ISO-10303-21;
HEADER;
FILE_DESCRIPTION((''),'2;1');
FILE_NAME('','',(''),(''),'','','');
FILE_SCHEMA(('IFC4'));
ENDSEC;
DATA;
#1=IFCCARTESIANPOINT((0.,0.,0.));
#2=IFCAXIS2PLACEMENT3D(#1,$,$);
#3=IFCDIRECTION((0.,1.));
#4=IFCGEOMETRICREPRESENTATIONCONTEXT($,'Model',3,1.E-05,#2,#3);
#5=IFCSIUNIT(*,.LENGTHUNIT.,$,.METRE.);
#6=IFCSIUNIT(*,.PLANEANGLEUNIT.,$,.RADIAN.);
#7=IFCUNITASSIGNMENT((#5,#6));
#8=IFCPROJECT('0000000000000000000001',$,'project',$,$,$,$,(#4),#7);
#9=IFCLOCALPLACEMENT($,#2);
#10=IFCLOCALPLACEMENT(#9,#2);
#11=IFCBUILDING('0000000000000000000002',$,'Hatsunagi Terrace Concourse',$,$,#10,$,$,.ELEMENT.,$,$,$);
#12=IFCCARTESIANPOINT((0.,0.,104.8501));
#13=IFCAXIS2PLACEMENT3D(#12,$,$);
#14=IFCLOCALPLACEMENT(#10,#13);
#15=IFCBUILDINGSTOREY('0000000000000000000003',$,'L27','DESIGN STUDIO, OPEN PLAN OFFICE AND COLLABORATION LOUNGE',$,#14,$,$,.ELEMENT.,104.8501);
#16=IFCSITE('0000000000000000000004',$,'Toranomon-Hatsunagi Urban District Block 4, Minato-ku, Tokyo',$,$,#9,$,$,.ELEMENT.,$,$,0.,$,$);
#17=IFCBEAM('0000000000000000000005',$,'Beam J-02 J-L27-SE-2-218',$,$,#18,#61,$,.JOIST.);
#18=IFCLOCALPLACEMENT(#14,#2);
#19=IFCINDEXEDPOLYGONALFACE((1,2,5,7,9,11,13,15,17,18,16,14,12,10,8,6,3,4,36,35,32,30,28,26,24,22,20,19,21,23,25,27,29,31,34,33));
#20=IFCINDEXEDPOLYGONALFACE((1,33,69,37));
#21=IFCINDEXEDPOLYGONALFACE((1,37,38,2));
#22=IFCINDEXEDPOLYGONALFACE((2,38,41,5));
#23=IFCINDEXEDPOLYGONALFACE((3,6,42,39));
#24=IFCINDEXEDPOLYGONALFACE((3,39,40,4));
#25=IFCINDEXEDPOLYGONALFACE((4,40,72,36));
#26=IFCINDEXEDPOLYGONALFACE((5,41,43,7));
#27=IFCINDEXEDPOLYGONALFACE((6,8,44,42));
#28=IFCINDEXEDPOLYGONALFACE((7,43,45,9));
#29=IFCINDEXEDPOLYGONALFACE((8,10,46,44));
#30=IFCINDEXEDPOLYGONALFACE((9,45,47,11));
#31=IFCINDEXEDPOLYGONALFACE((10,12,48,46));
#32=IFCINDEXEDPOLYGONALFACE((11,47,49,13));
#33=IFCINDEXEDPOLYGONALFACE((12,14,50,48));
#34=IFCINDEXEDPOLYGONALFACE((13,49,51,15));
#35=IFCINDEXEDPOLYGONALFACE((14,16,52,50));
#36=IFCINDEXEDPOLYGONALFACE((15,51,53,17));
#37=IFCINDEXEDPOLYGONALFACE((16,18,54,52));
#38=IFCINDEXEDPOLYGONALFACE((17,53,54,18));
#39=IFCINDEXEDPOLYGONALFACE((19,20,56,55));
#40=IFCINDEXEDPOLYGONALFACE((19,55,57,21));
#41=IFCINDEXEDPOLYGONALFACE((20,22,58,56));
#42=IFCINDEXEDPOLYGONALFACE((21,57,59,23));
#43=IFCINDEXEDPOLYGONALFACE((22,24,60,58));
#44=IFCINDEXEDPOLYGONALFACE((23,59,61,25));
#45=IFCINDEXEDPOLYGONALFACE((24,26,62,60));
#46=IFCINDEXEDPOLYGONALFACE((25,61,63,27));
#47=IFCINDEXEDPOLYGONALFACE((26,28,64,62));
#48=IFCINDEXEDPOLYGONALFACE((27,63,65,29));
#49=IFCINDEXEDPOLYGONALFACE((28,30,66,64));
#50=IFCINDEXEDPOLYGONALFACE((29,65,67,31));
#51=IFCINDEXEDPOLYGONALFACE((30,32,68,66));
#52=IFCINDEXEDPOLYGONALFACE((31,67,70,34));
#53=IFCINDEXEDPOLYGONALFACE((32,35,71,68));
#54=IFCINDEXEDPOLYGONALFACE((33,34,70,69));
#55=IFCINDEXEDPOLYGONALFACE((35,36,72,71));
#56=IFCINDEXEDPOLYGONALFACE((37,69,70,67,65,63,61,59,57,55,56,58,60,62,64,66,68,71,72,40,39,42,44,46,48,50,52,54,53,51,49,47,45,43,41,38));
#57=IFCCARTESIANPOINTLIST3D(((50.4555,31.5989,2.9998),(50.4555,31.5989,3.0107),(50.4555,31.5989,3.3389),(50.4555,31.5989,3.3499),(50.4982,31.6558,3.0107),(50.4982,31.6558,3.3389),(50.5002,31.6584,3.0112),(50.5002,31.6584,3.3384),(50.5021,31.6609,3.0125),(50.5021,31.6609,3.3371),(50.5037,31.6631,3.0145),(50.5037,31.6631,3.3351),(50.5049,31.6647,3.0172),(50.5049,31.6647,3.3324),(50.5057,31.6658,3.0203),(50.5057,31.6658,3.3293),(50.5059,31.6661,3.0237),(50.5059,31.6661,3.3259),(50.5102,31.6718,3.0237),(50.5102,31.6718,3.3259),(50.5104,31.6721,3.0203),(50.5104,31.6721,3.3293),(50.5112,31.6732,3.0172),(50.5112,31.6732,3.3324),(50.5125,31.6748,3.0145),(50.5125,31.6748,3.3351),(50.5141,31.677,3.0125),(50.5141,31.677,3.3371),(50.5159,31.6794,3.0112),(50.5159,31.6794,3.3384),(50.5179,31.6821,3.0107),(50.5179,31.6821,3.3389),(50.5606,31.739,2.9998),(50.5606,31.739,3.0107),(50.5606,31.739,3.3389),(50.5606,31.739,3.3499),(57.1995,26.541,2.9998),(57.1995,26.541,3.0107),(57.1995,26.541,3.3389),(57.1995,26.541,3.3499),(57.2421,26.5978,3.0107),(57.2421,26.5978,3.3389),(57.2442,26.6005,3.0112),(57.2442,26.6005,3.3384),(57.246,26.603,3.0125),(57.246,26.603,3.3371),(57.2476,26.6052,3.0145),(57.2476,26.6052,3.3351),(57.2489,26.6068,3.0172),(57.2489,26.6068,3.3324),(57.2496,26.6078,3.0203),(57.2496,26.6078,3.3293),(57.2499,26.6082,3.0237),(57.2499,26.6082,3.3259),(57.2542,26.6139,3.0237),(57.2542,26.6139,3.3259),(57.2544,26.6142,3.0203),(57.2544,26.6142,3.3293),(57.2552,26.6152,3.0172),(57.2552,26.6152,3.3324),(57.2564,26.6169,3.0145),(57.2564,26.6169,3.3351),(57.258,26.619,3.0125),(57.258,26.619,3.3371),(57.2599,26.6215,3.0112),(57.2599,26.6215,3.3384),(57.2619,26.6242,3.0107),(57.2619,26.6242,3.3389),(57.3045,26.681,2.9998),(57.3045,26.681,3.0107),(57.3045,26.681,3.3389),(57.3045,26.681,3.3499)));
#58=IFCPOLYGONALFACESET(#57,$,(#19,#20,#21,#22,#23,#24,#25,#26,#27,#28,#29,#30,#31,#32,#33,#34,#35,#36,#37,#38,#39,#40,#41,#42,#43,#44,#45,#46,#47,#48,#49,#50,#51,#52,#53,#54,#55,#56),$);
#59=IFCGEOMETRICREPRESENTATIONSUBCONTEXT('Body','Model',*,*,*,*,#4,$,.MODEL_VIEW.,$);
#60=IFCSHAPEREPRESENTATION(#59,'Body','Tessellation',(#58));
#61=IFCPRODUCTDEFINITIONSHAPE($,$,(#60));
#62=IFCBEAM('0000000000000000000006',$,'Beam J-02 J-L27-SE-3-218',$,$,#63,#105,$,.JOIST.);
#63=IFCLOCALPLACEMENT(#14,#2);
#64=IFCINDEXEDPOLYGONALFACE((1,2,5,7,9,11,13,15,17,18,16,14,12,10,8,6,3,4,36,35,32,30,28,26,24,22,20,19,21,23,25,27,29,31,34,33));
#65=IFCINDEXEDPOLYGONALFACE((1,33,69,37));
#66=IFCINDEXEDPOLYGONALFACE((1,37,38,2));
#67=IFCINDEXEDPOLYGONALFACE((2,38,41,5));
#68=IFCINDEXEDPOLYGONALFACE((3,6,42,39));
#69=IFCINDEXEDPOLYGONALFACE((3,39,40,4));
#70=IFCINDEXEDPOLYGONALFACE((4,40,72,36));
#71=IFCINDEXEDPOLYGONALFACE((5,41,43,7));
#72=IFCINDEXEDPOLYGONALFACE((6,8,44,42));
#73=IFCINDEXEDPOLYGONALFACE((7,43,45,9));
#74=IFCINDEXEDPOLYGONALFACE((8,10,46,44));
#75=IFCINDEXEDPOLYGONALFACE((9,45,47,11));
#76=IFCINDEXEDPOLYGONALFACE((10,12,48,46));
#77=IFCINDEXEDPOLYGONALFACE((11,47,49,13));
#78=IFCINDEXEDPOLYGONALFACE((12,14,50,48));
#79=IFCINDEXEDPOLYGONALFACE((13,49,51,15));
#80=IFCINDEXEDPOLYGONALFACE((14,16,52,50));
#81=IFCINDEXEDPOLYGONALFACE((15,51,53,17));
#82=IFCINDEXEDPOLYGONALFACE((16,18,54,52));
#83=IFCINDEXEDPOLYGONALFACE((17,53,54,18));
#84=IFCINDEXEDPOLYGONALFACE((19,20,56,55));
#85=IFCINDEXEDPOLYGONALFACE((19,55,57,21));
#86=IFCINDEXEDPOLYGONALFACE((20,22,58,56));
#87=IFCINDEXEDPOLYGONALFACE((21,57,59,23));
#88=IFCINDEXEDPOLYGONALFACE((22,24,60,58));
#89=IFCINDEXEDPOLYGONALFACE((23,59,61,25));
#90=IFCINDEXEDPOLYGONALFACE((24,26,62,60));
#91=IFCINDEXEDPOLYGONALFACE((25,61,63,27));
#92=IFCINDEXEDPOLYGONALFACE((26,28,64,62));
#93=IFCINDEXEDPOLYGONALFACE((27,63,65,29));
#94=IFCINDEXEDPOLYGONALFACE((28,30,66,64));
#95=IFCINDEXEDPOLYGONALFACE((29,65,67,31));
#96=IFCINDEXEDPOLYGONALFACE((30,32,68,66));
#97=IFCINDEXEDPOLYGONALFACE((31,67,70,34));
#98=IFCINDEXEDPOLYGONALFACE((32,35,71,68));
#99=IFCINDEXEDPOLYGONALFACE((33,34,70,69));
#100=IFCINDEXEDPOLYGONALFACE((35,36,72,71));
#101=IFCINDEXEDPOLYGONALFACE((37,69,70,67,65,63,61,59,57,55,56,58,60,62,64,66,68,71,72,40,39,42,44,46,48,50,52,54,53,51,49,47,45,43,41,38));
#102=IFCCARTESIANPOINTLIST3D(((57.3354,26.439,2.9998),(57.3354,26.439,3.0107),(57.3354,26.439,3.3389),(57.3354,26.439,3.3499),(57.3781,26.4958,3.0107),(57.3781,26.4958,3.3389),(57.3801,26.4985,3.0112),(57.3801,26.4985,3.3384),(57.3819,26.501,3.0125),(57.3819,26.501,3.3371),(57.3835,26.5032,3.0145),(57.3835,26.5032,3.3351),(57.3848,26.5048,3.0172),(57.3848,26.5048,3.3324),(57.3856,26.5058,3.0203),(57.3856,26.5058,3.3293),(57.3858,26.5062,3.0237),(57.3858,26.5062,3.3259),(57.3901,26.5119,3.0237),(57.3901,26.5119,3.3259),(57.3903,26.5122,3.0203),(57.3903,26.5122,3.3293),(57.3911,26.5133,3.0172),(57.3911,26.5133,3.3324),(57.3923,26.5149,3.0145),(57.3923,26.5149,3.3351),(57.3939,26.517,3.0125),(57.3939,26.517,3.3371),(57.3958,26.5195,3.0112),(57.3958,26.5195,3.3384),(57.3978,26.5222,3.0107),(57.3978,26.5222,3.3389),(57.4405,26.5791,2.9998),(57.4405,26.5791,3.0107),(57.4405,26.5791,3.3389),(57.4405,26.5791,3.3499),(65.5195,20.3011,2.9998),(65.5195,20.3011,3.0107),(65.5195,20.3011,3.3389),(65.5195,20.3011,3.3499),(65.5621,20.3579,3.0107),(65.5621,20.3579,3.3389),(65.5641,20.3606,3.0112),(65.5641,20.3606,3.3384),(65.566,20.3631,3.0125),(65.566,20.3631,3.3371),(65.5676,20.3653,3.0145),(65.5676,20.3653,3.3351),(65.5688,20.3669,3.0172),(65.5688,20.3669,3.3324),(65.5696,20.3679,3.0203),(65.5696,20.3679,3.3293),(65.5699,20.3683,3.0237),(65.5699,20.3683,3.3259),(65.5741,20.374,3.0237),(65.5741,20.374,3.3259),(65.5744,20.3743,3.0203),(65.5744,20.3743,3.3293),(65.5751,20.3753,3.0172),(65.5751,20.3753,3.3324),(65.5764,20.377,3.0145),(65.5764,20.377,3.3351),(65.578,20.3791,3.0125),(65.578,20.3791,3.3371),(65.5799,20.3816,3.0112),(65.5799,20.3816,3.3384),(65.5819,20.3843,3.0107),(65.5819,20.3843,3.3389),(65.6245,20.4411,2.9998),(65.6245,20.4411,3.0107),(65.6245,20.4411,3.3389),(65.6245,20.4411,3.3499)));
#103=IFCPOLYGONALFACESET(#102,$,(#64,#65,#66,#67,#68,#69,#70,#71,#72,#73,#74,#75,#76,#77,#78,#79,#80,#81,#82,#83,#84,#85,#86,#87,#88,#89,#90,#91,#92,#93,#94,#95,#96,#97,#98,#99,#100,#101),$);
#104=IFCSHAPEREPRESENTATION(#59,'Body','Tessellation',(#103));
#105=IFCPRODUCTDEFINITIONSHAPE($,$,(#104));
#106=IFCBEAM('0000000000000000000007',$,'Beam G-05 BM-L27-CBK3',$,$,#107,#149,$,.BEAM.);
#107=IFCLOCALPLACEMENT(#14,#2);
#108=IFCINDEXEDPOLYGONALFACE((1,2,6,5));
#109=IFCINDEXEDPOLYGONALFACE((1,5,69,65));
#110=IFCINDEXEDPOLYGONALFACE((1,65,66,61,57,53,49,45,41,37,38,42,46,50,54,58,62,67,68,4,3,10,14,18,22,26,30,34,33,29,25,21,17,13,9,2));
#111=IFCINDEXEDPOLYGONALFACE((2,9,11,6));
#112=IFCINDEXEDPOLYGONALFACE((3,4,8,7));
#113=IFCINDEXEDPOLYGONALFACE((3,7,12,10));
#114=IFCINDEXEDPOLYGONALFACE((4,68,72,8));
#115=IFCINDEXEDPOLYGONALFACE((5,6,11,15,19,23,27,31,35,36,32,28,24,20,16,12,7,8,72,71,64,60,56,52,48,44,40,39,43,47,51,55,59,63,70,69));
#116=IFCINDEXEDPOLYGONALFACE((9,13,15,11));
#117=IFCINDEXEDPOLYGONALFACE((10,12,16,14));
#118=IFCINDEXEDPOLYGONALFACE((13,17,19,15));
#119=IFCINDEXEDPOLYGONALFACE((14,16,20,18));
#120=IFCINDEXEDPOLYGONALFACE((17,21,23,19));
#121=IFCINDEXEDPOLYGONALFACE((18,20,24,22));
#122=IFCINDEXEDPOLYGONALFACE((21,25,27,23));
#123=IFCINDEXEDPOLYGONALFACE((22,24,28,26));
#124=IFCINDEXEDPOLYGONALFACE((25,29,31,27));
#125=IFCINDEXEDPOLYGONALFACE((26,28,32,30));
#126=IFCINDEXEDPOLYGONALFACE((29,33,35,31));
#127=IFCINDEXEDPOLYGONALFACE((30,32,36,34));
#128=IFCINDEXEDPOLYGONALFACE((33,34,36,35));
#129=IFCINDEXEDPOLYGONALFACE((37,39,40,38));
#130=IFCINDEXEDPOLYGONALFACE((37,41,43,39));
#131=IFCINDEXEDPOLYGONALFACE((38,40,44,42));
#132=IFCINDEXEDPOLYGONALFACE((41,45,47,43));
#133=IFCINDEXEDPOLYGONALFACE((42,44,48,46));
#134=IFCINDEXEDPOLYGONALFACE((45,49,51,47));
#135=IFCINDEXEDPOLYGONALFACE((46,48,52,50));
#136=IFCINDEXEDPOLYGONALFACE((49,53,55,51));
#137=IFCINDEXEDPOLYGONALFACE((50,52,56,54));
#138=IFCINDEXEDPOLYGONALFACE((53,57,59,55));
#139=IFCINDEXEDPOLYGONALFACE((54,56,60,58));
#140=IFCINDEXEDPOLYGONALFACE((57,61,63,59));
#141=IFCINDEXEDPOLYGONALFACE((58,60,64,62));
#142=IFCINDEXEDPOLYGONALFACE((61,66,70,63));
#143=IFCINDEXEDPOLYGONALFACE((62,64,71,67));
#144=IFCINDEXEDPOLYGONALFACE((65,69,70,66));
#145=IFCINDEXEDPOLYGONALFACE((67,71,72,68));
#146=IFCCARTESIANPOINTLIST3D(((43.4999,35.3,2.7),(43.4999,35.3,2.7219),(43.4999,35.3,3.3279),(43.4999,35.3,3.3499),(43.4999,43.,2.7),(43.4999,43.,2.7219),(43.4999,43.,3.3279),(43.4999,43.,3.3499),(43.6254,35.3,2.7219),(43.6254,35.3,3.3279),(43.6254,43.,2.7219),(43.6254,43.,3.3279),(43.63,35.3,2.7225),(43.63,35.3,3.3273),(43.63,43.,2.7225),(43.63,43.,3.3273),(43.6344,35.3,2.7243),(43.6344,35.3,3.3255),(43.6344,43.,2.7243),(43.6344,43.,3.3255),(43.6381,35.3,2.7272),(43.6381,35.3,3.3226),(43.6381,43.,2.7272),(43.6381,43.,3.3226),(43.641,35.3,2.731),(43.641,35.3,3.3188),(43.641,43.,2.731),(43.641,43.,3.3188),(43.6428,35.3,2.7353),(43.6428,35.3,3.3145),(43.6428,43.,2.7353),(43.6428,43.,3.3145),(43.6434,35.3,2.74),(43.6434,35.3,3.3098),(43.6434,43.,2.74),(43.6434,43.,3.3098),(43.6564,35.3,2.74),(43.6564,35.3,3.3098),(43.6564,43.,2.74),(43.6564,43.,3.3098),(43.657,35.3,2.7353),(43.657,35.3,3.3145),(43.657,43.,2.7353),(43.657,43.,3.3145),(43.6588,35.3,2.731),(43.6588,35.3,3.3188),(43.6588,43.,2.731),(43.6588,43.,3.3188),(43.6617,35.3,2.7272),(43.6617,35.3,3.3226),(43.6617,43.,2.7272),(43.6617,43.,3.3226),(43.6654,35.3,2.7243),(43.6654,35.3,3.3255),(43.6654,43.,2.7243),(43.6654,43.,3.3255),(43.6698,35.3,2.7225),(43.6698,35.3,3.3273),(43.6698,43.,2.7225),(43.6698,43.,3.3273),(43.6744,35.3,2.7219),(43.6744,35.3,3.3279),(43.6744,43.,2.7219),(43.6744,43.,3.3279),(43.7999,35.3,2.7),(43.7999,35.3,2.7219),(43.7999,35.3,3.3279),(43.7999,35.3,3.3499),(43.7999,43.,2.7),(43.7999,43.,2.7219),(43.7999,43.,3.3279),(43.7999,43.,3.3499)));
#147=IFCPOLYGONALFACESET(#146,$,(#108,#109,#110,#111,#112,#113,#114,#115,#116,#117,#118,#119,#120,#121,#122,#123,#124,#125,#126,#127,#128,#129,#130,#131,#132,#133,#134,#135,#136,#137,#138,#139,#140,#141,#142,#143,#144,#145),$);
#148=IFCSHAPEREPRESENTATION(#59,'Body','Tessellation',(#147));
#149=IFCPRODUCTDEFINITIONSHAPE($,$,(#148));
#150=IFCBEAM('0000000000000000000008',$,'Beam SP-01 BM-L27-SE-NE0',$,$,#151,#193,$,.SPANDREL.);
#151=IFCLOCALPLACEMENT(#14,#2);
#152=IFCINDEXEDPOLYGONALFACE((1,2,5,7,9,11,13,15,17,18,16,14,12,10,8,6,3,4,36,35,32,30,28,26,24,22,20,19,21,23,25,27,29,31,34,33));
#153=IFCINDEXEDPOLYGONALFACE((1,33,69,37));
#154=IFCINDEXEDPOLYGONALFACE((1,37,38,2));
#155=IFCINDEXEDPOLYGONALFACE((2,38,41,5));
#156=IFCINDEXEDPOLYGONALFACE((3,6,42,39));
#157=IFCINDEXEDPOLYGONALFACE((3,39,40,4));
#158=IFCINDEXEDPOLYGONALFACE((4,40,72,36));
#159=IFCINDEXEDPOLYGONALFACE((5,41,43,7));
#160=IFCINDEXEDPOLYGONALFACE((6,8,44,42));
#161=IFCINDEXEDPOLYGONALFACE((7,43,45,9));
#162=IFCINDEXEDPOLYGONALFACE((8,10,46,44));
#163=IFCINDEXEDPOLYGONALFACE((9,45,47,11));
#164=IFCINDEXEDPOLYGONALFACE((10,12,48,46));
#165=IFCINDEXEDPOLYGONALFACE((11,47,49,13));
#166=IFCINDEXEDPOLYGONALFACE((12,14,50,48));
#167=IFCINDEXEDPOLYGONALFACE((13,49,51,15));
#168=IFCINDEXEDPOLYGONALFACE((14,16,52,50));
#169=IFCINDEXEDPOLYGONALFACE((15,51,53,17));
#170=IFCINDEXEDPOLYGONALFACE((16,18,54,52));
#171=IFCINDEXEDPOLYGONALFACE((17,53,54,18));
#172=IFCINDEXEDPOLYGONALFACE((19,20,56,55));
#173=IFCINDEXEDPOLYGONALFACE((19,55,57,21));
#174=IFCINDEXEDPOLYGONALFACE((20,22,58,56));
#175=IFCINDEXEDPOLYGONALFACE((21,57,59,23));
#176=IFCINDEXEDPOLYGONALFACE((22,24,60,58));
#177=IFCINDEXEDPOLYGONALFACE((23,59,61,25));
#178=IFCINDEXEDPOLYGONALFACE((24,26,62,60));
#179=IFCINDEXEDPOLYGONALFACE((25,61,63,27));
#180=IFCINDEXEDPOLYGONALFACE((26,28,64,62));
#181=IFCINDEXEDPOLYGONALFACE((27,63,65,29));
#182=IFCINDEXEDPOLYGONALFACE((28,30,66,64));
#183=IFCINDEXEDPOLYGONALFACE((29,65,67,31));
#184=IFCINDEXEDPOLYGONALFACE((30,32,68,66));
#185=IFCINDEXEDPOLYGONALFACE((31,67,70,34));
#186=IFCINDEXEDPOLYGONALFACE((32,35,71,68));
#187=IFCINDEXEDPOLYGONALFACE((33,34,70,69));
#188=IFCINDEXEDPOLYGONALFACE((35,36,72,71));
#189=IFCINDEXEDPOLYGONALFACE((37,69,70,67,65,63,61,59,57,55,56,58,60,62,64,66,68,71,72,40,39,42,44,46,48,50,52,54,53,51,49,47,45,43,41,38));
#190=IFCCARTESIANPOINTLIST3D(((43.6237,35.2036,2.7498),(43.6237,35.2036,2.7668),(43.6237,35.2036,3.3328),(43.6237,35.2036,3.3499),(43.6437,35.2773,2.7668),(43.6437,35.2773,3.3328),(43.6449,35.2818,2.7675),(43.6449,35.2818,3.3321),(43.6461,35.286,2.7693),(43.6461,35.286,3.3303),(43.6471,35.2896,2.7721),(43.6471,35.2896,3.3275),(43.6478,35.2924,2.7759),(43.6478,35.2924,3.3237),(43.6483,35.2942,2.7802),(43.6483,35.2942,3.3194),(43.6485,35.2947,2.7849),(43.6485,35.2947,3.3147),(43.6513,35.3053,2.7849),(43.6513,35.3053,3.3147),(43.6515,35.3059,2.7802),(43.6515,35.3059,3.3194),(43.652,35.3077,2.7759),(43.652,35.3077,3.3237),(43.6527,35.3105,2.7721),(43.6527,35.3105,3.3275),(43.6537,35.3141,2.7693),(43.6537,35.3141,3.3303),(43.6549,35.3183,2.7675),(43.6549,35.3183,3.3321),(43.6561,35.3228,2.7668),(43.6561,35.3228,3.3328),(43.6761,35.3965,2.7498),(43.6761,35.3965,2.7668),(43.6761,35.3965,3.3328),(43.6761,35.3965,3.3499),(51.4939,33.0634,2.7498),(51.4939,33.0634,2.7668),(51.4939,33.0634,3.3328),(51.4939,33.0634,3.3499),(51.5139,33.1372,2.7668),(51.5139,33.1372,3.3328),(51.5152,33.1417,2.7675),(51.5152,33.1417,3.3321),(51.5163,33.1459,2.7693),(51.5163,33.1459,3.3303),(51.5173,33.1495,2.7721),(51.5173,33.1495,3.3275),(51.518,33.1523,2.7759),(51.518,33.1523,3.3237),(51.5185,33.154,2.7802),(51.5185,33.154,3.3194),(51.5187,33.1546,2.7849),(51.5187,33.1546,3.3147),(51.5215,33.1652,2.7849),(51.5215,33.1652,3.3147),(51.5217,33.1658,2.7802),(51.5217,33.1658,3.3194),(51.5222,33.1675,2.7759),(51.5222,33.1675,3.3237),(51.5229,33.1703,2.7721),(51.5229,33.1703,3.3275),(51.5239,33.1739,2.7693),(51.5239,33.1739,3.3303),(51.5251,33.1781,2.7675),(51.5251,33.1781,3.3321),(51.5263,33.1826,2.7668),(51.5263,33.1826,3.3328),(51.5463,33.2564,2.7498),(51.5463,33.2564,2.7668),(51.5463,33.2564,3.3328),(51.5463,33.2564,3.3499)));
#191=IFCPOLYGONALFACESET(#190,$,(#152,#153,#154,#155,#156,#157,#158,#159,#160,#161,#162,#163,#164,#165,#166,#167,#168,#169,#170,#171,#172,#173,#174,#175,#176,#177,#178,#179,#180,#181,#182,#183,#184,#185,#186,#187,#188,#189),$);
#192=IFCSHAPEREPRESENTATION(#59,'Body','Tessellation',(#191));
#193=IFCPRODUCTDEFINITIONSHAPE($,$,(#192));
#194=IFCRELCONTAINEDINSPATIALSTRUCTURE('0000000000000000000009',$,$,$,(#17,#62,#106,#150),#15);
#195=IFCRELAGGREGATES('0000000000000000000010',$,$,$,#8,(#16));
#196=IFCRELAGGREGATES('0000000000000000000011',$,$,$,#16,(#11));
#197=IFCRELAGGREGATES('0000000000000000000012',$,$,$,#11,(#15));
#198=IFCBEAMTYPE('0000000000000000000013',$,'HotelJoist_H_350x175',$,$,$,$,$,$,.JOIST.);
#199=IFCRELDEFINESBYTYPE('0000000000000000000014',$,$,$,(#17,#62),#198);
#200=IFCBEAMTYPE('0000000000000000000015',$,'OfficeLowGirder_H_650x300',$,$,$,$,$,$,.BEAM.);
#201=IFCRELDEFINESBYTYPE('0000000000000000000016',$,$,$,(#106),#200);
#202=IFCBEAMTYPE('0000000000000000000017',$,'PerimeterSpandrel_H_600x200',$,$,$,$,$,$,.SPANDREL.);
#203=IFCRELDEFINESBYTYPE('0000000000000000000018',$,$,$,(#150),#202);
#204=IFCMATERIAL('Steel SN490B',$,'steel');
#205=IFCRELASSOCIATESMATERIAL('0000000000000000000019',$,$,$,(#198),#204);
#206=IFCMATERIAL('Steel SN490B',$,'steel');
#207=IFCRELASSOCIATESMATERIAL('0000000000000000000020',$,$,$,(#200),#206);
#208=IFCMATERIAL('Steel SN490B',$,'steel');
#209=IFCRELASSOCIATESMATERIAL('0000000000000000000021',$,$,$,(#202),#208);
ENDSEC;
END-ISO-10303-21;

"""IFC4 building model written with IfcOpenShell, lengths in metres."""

from ifc_helpers import new_model, si_unit, direction, frame, origin, origin_2d, place, context, subcontext, project, spatial, i_section, extrude, material, material_profile, profile_set, type_object, element, save


model = new_model("IFC4")

# Units and contexts
model_context = context("Model", 3, precision=1e-05, world=origin(), true_north=direction((0.0, 1.0)))
body_context = subcontext(model_context, "Body", "Model", "MODEL_VIEW")
ifc_project = project(units=[si_unit("LENGTHUNIT", "METRE"), si_unit("PLANEANGLEUNIT", "RADIAN")], contexts=[model_context])

# Site, building, storey
site_placement = place(None, origin())
site = spatial("IfcSite", under=ifc_project, at=site_placement, Name="Toranomon-Hatsunagi Urban District Block 4, Minato-ku, Tokyo", CompositionType="ELEMENT", RefElevation=0.0)
building_placement = place(site_placement, origin())
building = spatial("IfcBuilding", under=site, at=building_placement, Name="Hatsunagi Terrace Concourse", CompositionType="ELEMENT")
storey_placement = place(building_placement, frame((0.0, 0.0, 104.8501)))
storey = spatial("IfcBuildingStorey", under=building, at=storey_placement, Name="L27", Description="DESIGN STUDIO, OPEN PLAN OFFICE AND COLLABORATION LOUNGE", CompositionType="ELEMENT", Elevation=104.8501)

# Beams
ifc_material_1 = material(Name="Steel SN490B", Category="steel")
ifc_material_profile_1 = material_profile(ifc_material_1, i_section(OverallWidth=0.175, OverallDepth=0.3501, WebThickness=0.0071, FlangeThickness=0.011, FilletRadius=0.0129, at=origin_2d()), Name="H-350x175x7x11")
ifc_profile_set_1 = profile_set([ifc_material_profile_1], Name="Steel SN490B")
beam_type_1 = type_object("IfcBeamType", Name="HotelJoist_H_350x175", PredefinedType="JOIST", material=ifc_profile_set_1)
for number, where, z_axis, x_axis, name in (
    (1, (50.5081, 31.6689, 3.1748), (0.800003, -0.599995, 0.0), (0.599995, 0.800003, 0.0), "Beam J-02 J-L27-SE-2-218"),
):
    element("IfcBeam", number, at=place(storey_placement, frame(where, z_axis=z_axis, x_axis=x_axis)), inside=storey, type_object=beam_type_1, Name=name, PredefinedType="JOIST", context=body_context, shape_type="SweptSolid", body=[
        extrude(i_section(OverallWidth=0.175, OverallDepth=0.3501, WebThickness=0.0071, FlangeThickness=0.011, FilletRadius=0.0129, at=origin_2d()), origin(), (0.0, 0.0, 1.0), 8.4299),
    ])
beam_1_placement = place(storey_placement, frame((57.3879, 26.509, 3.1748), z_axis=(0.800006, -0.599992, 0.0), x_axis=(0.599992, 0.800006, 0.0)))
element("IfcBeam", 2, at=beam_1_placement, inside=storey, type_object=beam_type_1, Name="Beam J-02 J-L27-SE-3-218", PredefinedType="JOIST", context=body_context, shape_type="SweptSolid", body=[
    extrude(i_section(OverallWidth=0.175, OverallDepth=0.3501, WebThickness=0.0071, FlangeThickness=0.011, FilletRadius=0.0129, at=origin_2d()), origin(), (0.0, 0.0, 1.0), 10.23),
])
ifc_material_2 = material(Name="Steel SN490B", Category="steel")
ifc_material_profile_2 = material_profile(ifc_material_2, i_section(OverallWidth=0.3, OverallDepth=0.6499, WebThickness=0.0129, FlangeThickness=0.022, FilletRadius=0.0181, at=origin_2d()), Name="H-650x300x13x22")
ifc_profile_set_2 = profile_set([ifc_material_profile_2], Name="Steel SN490B")
beam_type_2 = type_object("IfcBeamType", Name="OfficeLowGirder_H_650x300", PredefinedType="BEAM", material=ifc_profile_set_2)
beam_2_placement = place(storey_placement, frame((43.6499, 35.3, 3.0249), z_axis=(0.0, 1.0, 0.0), x_axis=(-1.0, 0.0, 0.0)))
element("IfcBeam", 3, at=beam_2_placement, inside=storey, type_object=beam_type_2, Name="Beam G-05 BM-L27-CBK3", PredefinedType="BEAM", context=body_context, shape_type="SweptSolid", body=[
    extrude(i_section(OverallWidth=0.3, OverallDepth=0.6499, WebThickness=0.0129, FlangeThickness=0.022, FilletRadius=0.0181, at=origin_2d()), origin(), (0.0, 0.0, 1.0), 7.7),
])
ifc_material_3 = material(Name="Steel SN490B", Category="steel")
ifc_material_profile_3 = material_profile(ifc_material_3, i_section(OverallWidth=0.2, OverallDepth=0.6001, WebThickness=0.011, FlangeThickness=0.0171, FilletRadius=0.0181, at=origin_2d()), Name="H-600x200x11x17")
ifc_profile_set_3 = profile_set([ifc_material_profile_3], Name="Steel SN490B")
beam_type_3 = type_object("IfcBeamType", Name="PerimeterSpandrel_H_600x200", PredefinedType="SPANDREL", material=ifc_profile_set_3)
beam_3_placement = place(storey_placement, frame((43.6499, 35.3, 3.0498), z_axis=(0.964958, -0.262403, 0.0), x_axis=(0.262403, 0.964958, 0.0)))
element("IfcBeam", 4, at=beam_3_placement, inside=storey, type_object=beam_type_3, Name="Beam SP-01 BM-L27-SE-NE0", PredefinedType="SPANDREL", context=body_context, shape_type="SweptSolid", body=[
    extrude(i_section(OverallWidth=0.2, OverallDepth=0.6001, WebThickness=0.011, FlangeThickness=0.0171, FilletRadius=0.0181, at=origin_2d()), origin(), (0.0, 0.0, 1.0), 8.156),
])

save(model, "model.ifc")
